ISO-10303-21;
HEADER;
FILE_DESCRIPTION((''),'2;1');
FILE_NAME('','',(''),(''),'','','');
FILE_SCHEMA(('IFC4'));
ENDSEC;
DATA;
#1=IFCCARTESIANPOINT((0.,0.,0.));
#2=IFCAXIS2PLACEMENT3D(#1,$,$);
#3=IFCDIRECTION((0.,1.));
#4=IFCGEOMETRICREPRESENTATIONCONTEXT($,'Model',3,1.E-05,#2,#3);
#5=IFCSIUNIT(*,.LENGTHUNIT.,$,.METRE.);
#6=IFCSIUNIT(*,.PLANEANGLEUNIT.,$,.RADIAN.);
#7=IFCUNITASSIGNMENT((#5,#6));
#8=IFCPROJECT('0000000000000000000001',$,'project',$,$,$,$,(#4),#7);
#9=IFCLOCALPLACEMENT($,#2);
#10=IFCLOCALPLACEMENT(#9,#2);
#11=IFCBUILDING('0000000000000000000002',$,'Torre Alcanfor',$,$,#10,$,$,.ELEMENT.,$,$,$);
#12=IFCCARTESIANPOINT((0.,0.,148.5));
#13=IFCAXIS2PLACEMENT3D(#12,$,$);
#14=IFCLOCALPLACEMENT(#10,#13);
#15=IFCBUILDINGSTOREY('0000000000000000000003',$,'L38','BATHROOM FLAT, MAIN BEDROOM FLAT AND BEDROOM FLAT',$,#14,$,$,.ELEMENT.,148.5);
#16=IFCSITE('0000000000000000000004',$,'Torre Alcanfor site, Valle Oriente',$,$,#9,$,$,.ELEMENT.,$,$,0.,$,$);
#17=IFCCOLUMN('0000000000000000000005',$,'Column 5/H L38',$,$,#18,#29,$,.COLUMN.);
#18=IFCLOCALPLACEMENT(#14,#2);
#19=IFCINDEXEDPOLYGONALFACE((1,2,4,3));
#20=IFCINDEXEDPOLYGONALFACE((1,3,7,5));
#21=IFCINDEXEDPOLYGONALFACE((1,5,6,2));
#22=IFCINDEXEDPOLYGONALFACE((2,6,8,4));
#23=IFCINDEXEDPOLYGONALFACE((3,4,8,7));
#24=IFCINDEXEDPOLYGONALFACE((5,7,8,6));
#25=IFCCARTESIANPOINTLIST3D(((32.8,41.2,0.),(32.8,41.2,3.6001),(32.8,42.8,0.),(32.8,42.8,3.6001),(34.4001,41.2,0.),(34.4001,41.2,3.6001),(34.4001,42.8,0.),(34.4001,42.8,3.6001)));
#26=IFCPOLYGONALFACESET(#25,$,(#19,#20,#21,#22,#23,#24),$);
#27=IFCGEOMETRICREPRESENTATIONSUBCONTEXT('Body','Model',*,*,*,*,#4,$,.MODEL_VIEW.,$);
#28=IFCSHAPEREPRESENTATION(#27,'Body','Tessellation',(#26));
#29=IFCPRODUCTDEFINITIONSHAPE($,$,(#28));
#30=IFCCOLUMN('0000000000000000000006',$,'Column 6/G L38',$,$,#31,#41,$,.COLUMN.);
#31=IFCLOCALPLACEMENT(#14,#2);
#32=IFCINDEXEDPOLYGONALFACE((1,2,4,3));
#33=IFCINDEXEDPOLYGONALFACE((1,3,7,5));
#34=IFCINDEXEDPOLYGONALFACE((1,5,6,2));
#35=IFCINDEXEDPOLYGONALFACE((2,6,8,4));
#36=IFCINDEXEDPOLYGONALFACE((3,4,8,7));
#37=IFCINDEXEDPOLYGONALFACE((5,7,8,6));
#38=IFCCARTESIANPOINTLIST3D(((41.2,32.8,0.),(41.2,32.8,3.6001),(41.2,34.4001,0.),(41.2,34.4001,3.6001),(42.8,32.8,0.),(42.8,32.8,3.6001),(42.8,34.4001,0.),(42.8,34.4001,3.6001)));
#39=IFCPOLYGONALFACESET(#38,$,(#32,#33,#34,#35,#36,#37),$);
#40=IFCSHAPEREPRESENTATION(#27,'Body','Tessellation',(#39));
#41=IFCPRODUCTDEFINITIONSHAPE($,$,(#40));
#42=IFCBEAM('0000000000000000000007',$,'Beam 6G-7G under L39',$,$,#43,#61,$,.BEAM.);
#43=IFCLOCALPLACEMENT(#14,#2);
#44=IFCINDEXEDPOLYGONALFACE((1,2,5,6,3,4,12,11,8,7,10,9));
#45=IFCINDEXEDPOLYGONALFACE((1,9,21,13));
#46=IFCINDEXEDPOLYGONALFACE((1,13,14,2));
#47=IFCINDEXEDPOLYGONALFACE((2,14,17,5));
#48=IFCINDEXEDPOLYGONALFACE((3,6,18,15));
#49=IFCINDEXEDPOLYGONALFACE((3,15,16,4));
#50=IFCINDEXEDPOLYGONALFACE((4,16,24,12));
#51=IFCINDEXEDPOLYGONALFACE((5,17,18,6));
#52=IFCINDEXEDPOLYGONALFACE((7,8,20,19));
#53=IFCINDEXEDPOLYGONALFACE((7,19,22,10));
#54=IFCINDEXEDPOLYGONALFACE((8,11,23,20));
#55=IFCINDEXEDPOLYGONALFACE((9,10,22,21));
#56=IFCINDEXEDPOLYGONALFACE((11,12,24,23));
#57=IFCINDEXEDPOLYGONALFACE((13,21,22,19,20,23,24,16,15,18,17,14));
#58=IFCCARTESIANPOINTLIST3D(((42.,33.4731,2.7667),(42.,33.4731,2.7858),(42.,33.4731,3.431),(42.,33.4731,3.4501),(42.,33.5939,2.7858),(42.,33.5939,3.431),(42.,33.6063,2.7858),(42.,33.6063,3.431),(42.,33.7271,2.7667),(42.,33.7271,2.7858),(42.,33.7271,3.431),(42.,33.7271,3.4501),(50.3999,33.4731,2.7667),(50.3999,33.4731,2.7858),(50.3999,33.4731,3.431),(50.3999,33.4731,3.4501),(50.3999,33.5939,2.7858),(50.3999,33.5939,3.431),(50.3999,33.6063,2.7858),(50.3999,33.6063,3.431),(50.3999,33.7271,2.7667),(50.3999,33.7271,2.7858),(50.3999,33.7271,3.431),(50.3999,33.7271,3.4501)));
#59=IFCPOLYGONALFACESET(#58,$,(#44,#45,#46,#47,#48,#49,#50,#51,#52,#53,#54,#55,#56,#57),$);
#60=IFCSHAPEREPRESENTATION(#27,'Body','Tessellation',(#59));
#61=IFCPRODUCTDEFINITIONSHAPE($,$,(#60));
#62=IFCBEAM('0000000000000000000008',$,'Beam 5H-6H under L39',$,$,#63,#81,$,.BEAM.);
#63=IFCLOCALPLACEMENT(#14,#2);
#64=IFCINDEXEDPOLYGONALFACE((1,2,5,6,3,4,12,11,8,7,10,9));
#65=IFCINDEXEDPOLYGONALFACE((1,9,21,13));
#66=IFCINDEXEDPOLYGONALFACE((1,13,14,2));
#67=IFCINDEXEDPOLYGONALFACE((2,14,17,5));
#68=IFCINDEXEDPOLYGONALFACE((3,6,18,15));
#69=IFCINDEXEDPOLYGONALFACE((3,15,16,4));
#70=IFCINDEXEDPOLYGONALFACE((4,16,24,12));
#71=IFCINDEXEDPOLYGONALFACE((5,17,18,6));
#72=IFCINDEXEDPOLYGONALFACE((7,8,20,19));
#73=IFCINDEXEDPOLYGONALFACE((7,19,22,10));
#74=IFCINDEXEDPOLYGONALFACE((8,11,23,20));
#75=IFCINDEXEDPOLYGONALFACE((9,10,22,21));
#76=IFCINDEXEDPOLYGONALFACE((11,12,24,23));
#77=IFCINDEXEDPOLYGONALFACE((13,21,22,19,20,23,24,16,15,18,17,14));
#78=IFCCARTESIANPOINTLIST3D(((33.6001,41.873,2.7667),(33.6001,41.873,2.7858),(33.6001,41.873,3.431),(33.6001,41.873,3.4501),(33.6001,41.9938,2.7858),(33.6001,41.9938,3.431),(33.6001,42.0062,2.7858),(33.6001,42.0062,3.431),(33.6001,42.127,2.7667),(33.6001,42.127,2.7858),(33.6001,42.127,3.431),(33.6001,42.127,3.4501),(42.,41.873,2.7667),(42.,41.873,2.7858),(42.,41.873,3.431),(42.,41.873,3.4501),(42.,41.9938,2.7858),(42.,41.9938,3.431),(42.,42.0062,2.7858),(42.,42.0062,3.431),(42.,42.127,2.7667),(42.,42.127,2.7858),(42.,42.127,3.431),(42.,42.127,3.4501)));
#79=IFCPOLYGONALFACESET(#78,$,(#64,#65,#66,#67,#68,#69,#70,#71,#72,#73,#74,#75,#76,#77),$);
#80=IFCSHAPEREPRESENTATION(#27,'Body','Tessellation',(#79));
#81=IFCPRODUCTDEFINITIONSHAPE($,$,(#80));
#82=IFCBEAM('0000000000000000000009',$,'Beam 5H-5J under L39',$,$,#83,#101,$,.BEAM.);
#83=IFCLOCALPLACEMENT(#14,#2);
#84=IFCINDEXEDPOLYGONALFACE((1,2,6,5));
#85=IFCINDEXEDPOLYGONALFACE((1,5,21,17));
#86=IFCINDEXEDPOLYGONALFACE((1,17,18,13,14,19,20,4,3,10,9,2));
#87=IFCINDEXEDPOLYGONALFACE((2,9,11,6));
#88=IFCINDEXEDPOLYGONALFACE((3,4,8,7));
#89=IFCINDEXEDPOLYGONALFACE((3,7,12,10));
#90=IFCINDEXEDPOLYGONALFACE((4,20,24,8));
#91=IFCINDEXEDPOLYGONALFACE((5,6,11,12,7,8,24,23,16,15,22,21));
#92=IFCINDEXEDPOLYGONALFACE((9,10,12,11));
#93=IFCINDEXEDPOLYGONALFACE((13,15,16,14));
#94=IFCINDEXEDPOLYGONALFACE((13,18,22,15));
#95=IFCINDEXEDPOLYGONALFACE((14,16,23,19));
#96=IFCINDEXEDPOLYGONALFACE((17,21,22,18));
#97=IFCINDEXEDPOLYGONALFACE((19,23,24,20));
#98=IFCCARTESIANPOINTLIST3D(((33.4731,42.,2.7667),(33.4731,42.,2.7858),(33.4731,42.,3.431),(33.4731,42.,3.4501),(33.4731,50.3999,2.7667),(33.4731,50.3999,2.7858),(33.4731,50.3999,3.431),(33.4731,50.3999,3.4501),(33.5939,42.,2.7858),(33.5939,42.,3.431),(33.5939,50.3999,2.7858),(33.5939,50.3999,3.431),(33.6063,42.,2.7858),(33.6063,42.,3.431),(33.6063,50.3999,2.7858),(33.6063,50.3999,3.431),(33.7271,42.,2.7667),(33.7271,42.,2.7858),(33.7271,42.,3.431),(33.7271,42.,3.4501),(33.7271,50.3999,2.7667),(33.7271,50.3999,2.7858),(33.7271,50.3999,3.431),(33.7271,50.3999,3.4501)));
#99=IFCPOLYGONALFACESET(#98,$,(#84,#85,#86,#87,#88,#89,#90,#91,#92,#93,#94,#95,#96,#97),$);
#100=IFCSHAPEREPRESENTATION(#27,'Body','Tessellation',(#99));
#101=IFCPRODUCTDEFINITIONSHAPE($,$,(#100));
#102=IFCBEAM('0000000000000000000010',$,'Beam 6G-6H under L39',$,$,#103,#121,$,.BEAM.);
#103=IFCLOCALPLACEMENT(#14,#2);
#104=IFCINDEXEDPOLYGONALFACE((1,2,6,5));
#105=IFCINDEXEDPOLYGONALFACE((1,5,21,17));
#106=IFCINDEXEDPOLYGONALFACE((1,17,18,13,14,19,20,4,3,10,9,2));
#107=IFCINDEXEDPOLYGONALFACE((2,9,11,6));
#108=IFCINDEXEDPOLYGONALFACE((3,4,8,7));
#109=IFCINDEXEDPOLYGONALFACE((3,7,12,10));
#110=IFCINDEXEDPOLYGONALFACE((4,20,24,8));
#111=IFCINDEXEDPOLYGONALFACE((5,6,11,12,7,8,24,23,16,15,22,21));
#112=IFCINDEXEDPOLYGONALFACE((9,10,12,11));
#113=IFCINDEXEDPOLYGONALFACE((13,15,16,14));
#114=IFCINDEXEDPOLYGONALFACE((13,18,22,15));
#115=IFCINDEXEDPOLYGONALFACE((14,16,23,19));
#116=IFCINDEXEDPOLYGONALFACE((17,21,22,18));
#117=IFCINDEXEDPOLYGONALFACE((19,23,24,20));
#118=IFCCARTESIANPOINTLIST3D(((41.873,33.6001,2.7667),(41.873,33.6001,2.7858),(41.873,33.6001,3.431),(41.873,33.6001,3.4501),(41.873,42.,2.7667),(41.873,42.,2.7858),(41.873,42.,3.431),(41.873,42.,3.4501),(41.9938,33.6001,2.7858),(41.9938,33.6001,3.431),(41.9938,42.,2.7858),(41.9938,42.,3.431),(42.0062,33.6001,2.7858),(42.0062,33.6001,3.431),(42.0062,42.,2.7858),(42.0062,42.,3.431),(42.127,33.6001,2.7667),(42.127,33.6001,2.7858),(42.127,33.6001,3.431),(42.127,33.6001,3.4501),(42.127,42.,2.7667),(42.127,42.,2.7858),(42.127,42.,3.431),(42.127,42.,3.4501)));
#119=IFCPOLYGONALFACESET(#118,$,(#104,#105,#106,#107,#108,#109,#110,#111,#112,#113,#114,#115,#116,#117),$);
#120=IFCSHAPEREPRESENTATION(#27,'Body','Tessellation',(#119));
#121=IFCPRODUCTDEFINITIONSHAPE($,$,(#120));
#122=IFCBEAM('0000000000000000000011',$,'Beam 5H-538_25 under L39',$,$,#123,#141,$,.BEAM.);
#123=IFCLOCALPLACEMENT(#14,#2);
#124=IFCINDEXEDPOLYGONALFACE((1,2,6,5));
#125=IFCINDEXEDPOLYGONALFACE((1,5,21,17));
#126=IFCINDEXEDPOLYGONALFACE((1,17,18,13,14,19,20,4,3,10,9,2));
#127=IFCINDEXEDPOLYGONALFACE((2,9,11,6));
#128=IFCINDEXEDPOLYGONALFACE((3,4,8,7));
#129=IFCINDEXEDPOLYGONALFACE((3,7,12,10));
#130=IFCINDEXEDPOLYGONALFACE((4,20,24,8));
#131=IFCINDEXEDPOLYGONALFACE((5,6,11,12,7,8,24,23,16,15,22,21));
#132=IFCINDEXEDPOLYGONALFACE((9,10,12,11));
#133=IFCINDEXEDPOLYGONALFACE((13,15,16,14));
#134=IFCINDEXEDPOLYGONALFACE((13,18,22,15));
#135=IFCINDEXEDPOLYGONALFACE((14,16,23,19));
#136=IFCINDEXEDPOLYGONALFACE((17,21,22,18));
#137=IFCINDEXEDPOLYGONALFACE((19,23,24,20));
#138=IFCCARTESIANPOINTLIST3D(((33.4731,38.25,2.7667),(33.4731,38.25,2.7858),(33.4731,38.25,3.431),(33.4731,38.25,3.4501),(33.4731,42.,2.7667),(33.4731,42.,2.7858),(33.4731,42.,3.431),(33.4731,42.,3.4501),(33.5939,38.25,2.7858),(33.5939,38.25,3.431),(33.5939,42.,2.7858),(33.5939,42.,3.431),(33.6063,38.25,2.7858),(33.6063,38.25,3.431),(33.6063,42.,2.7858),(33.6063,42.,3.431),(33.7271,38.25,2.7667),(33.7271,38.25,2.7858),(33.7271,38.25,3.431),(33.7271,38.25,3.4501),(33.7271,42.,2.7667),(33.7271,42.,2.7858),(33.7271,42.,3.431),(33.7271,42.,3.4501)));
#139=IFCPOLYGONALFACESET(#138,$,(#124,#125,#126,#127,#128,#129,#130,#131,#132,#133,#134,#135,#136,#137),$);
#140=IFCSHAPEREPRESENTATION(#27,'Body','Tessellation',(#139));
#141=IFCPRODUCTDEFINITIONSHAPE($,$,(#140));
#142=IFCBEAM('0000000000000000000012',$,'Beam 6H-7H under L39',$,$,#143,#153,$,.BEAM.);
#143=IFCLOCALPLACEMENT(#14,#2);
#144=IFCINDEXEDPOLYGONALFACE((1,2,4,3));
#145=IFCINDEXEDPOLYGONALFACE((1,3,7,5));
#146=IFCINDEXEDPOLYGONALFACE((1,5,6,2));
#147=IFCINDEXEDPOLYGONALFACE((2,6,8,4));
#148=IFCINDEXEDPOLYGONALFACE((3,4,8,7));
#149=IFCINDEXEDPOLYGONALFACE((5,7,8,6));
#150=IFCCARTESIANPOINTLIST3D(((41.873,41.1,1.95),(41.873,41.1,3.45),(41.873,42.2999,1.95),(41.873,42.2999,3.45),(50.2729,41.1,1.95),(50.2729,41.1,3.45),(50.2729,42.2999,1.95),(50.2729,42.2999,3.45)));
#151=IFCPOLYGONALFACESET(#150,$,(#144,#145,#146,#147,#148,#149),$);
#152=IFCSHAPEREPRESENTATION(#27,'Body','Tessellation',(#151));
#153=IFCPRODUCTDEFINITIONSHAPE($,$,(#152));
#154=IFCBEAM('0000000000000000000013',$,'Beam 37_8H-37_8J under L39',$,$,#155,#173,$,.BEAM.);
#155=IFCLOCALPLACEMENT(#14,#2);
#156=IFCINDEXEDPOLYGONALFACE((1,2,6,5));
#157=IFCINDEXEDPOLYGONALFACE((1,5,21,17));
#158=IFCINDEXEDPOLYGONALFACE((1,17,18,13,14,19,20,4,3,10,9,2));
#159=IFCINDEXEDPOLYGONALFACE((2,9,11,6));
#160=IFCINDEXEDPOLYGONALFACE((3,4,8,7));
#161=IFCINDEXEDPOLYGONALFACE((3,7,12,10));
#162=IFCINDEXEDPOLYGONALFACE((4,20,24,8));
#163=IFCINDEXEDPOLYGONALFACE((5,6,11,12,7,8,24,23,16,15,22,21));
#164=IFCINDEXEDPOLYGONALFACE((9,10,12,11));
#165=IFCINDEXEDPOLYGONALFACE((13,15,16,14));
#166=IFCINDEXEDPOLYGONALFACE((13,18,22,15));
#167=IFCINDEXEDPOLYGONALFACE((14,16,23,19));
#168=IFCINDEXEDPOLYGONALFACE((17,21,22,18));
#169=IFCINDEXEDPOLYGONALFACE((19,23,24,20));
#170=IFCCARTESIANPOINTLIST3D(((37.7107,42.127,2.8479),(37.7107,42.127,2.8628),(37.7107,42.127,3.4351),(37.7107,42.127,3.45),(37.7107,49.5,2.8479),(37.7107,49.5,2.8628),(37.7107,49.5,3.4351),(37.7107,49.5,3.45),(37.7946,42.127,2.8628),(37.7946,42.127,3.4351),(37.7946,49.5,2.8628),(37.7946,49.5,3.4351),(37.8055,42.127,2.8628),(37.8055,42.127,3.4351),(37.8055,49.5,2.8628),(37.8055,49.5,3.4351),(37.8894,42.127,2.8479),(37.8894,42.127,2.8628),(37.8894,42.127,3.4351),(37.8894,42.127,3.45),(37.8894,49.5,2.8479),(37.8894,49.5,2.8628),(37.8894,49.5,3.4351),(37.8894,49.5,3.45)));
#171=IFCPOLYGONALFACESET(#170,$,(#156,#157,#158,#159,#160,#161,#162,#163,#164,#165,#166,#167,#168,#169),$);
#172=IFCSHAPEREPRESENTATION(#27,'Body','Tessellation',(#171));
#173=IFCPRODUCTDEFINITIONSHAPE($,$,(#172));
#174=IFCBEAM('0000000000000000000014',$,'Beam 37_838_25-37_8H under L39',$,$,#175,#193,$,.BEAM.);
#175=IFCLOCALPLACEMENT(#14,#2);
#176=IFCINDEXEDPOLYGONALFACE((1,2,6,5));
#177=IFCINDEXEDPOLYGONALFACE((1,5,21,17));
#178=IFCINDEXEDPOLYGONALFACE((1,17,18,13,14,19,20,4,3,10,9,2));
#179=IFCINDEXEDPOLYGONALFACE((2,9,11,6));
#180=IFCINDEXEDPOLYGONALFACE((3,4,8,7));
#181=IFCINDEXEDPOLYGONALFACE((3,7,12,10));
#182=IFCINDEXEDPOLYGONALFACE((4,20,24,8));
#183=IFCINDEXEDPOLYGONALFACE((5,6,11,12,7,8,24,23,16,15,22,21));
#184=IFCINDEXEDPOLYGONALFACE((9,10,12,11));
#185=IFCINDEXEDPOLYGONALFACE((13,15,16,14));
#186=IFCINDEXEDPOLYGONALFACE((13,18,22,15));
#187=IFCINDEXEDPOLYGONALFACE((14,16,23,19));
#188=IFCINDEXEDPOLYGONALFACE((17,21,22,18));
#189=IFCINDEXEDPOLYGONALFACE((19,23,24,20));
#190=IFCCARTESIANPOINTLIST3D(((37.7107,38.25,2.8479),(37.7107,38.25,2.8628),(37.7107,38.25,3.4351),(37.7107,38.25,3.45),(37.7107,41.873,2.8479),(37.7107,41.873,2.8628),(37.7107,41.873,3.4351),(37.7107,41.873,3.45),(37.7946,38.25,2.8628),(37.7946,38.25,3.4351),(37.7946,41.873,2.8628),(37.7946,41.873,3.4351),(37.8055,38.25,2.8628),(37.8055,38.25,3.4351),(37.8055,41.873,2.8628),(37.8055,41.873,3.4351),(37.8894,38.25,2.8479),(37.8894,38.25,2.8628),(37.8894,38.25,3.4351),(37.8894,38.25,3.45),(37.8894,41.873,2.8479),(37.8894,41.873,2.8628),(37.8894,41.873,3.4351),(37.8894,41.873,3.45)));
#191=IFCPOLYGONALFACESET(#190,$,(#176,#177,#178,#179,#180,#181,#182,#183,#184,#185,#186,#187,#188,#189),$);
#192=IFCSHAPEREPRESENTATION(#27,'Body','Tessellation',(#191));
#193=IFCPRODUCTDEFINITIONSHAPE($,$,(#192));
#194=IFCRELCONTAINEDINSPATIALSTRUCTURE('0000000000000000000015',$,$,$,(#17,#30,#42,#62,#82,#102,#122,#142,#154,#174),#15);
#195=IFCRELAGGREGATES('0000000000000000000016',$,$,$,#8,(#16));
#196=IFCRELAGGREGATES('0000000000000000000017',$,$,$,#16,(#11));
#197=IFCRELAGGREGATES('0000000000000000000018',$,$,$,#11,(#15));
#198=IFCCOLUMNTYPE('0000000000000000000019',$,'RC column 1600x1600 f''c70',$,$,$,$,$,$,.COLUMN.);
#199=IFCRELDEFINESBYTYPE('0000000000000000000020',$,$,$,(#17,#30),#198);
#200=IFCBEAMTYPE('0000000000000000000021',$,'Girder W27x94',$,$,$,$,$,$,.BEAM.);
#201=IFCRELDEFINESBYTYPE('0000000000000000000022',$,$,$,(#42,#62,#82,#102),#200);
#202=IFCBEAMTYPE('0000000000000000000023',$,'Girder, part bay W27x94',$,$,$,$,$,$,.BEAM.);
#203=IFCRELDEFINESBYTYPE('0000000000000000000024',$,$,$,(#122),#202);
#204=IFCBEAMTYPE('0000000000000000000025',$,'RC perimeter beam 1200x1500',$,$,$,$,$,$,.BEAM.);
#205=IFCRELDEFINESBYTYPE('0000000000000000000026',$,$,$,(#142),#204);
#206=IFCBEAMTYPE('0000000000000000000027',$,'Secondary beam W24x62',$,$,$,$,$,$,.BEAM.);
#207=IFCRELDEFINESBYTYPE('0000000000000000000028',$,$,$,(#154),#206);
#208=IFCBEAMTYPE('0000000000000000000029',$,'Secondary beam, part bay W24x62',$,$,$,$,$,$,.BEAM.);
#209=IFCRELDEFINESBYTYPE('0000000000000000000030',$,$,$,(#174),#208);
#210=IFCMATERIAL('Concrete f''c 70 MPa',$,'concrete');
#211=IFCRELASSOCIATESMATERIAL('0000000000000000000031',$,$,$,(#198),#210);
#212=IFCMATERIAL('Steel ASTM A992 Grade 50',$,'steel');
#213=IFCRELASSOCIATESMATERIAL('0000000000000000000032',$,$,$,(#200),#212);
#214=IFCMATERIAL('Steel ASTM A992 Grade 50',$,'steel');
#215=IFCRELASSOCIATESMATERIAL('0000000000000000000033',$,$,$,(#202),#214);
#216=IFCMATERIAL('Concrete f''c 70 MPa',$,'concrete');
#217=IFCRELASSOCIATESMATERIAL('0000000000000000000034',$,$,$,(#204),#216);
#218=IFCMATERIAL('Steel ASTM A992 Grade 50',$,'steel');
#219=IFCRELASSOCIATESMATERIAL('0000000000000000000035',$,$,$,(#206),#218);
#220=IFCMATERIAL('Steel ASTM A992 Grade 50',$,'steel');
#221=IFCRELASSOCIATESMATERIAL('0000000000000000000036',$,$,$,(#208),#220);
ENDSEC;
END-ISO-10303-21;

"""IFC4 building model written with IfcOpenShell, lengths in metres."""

from ifc_helpers import new_model, si_unit, direction, frame, origin, origin_2d, place, context, subcontext, project, spatial, rectangle, i_section, extrude, material, material_profile, profile_set, type_object, element, save


model = new_model("IFC4")

# Units and contexts
model_context = context("Model", 3, precision=1e-05, world=origin(), true_north=direction((0.0, 1.0)))
body_context = subcontext(model_context, "Body", "Model", "MODEL_VIEW")
ifc_project = project(units=[si_unit("LENGTHUNIT", "METRE"), si_unit("PLANEANGLEUNIT", "RADIAN")], contexts=[model_context])

# Site, building, storey
site_placement = place(None, origin())
site = spatial("IfcSite", under=ifc_project, at=site_placement, Name="Torre Alcanfor site, Valle Oriente", CompositionType="ELEMENT", RefElevation=0.0)
building_placement = place(site_placement, origin())
building = spatial("IfcBuilding", under=site, at=building_placement, Name="Torre Alcanfor", CompositionType="ELEMENT")
storey_placement = place(building_placement, frame((0.0, 0.0, 148.5)))
storey = spatial("IfcBuildingStorey", under=building, at=storey_placement, Name="L38", Description="BATHROOM FLAT, MAIN BEDROOM FLAT AND BEDROOM FLAT", CompositionType="ELEMENT", Elevation=148.5)

# Columns
ifc_material_1 = material(Name="Concrete f'c 70 MPa", Category="concrete")
ifc_material_profile_1 = material_profile(ifc_material_1, rectangle(XDim=1.6001, YDim=1.6001, at=origin_2d()), Name="1600x1600")
ifc_profile_set_1 = profile_set([ifc_material_profile_1], Name="Concrete f'c 70 MPa")
column_type = type_object("IfcColumnType", Name="RC column 1600x1600 f'c70", PredefinedType="COLUMN", material=ifc_profile_set_1)
for number, where, z_axis, x_axis, name in (
    (1, (33.6001, 42.0, 0.0), (0.0, 0.0, 1.0), (1.0, 0.0, 0.0), "Column 5/H L38"),
    (2, (42.0, 33.6001, 0.0), (0.0, 0.0, 1.0), (1.0, 0.0, 0.0), "Column 6/G L38"),
):
    element("IfcColumn", number, at=place(storey_placement, frame(where, z_axis=z_axis, x_axis=x_axis)), inside=storey, type_object=column_type, Name=name, PredefinedType="COLUMN", context=body_context, shape_type="SweptSolid", body=[
        extrude(rectangle(XDim=1.6001, YDim=1.6001, at=origin_2d()), origin(), (0.0, 0.0, 1.0), 3.6001),
    ])

# Beams
ifc_material_2 = material(Name="Steel ASTM A992 Grade 50", Category="steel")
ifc_material_profile_2 = material_profile(ifc_material_2, i_section(OverallWidth=0.2539, OverallDepth=0.6833, WebThickness=0.0125, FlangeThickness=0.019, at=origin_2d()), Name="W27x94")
ifc_profile_set_2 = profile_set([ifc_material_profile_2], Name="Steel ASTM A992 Grade 50")
beam_type_1 = type_object("IfcBeamType", Name="Girder W27x94", PredefinedType="BEAM", material=ifc_profile_set_2)
for number, where, z_axis, x_axis, name in (
    (3, (42.0, 33.6001, 3.1084), (1.0, 0.0, 0.0), (0.0, 1.0, 0.0), "Beam 6G-7G under L39"),
    (4, (33.6001, 42.0, 3.1084), (1.0, 0.0, 0.0), (0.0, 1.0, 0.0), "Beam 5H-6H under L39"),
    (5, (33.6001, 42.0, 3.1084), (0.0, 1.0, 0.0), (-1.0, 0.0, 0.0), "Beam 5H-5J under L39"),
    (6, (42.0, 33.6001, 3.1084), (0.0, 1.0, 0.0), (-1.0, 0.0, 0.0), "Beam 6G-6H under L39"),
):
    element("IfcBeam", number, at=place(storey_placement, frame(where, z_axis=z_axis, x_axis=x_axis)), inside=storey, type_object=beam_type_1, Name=name, PredefinedType="BEAM", context=body_context, shape_type="SweptSolid", body=[
        extrude(i_section(OverallWidth=0.2539, OverallDepth=0.6833, WebThickness=0.0125, FlangeThickness=0.019, at=origin_2d()), origin(), (0.0, 0.0, 1.0), 8.3999),
    ])
ifc_material_3 = material(Name="Steel ASTM A992 Grade 50", Category="steel")
ifc_material_profile_3 = material_profile(ifc_material_3, i_section(OverallWidth=0.2539, OverallDepth=0.6833, WebThickness=0.0125, FlangeThickness=0.019, at=origin_2d()), Name="W27x94")
ifc_profile_set_3 = profile_set([ifc_material_profile_3], Name="Steel ASTM A992 Grade 50")
beam_type_2 = type_object("IfcBeamType", Name="Girder, part bay W27x94", PredefinedType="BEAM", material=ifc_profile_set_3)
beam_1_placement = place(storey_placement, frame((33.6001, 42.0, 3.1084), z_axis=(0.0, -1.0, 0.0), x_axis=(1.0, 0.0, 0.0)))
element("IfcBeam", 7, at=beam_1_placement, inside=storey, type_object=beam_type_2, Name="Beam 5H-538_25 under L39", PredefinedType="BEAM", context=body_context, shape_type="SweptSolid", body=[
    extrude(i_section(OverallWidth=0.2539, OverallDepth=0.6833, WebThickness=0.0125, FlangeThickness=0.019, at=origin_2d()), origin(), (0.0, 0.0, 1.0), 3.75),
])
ifc_material_4 = material(Name="Concrete f'c 70 MPa", Category="concrete")
ifc_material_profile_4 = material_profile(ifc_material_4, rectangle(XDim=1.2, YDim=1.5, at=origin_2d()), Name="1200x1500")
ifc_profile_set_4 = profile_set([ifc_material_profile_4], Name="Concrete f'c 70 MPa")
beam_type_3 = type_object("IfcBeamType", Name="RC perimeter beam 1200x1500", PredefinedType="BEAM", material=ifc_profile_set_4)
beam_2_placement = place(storey_placement, frame((41.873, 41.7, 2.7), z_axis=(1.0, 0.0, 0.0), x_axis=(0.0, 1.0, 0.0)))
element("IfcBeam", 8, at=beam_2_placement, inside=storey, type_object=beam_type_3, Name="Beam 6H-7H under L39", PredefinedType="BEAM", context=body_context, shape_type="SweptSolid", body=[
    extrude(rectangle(XDim=1.2, YDim=1.5, at=origin_2d()), origin(), (0.0, 0.0, 1.0), 8.3999),
])
ifc_material_5 = material(Name="Steel ASTM A992 Grade 50", Category="steel")
ifc_material_profile_5 = material_profile(ifc_material_5, i_section(OverallWidth=0.1787, OverallDepth=0.6021, WebThickness=0.011, FlangeThickness=0.0149, at=origin_2d()), Name="W24x62")
ifc_profile_set_5 = profile_set([ifc_material_profile_5], Name="Steel ASTM A992 Grade 50")
beam_type_4 = type_object("IfcBeamType", Name="Secondary beam W24x62", PredefinedType="BEAM", material=ifc_profile_set_5)
beam_3_placement = place(storey_placement, frame((37.8, 42.127, 3.1489), z_axis=(0.0, 1.0, 0.0), x_axis=(-1.0, 0.0, 0.0)))
element("IfcBeam", 9, at=beam_3_placement, inside=storey, type_object=beam_type_4, Name="Beam 37_8H-37_8J under L39", PredefinedType="BEAM", context=body_context, shape_type="SweptSolid", body=[
    extrude(i_section(OverallWidth=0.1787, OverallDepth=0.6021, WebThickness=0.011, FlangeThickness=0.0149, at=origin_2d()), origin(), (0.0, 0.0, 1.0), 7.373),
])
ifc_material_6 = material(Name="Steel ASTM A992 Grade 50", Category="steel")
ifc_material_profile_6 = material_profile(ifc_material_6, i_section(OverallWidth=0.1787, OverallDepth=0.6021, WebThickness=0.011, FlangeThickness=0.0149, at=origin_2d()), Name="W24x62")
ifc_profile_set_6 = profile_set([ifc_material_profile_6], Name="Steel ASTM A992 Grade 50")
beam_type_5 = type_object("IfcBeamType", Name="Secondary beam, part bay W24x62", PredefinedType="BEAM", material=ifc_profile_set_6)
beam_4_placement = place(storey_placement, frame((37.8, 38.25, 3.1489), z_axis=(0.0, 1.0, 0.0), x_axis=(-1.0, 0.0, 0.0)))
element("IfcBeam", 10, at=beam_4_placement, inside=storey, type_object=beam_type_5, Name="Beam 37_838_25-37_8H under L39", PredefinedType="BEAM", context=body_context, shape_type="SweptSolid", body=[
    extrude(i_section(OverallWidth=0.1787, OverallDepth=0.6021, WebThickness=0.011, FlangeThickness=0.0149, at=origin_2d()), origin(), (0.0, 0.0, 1.0), 3.623),
])

save(model, "model.ifc")
